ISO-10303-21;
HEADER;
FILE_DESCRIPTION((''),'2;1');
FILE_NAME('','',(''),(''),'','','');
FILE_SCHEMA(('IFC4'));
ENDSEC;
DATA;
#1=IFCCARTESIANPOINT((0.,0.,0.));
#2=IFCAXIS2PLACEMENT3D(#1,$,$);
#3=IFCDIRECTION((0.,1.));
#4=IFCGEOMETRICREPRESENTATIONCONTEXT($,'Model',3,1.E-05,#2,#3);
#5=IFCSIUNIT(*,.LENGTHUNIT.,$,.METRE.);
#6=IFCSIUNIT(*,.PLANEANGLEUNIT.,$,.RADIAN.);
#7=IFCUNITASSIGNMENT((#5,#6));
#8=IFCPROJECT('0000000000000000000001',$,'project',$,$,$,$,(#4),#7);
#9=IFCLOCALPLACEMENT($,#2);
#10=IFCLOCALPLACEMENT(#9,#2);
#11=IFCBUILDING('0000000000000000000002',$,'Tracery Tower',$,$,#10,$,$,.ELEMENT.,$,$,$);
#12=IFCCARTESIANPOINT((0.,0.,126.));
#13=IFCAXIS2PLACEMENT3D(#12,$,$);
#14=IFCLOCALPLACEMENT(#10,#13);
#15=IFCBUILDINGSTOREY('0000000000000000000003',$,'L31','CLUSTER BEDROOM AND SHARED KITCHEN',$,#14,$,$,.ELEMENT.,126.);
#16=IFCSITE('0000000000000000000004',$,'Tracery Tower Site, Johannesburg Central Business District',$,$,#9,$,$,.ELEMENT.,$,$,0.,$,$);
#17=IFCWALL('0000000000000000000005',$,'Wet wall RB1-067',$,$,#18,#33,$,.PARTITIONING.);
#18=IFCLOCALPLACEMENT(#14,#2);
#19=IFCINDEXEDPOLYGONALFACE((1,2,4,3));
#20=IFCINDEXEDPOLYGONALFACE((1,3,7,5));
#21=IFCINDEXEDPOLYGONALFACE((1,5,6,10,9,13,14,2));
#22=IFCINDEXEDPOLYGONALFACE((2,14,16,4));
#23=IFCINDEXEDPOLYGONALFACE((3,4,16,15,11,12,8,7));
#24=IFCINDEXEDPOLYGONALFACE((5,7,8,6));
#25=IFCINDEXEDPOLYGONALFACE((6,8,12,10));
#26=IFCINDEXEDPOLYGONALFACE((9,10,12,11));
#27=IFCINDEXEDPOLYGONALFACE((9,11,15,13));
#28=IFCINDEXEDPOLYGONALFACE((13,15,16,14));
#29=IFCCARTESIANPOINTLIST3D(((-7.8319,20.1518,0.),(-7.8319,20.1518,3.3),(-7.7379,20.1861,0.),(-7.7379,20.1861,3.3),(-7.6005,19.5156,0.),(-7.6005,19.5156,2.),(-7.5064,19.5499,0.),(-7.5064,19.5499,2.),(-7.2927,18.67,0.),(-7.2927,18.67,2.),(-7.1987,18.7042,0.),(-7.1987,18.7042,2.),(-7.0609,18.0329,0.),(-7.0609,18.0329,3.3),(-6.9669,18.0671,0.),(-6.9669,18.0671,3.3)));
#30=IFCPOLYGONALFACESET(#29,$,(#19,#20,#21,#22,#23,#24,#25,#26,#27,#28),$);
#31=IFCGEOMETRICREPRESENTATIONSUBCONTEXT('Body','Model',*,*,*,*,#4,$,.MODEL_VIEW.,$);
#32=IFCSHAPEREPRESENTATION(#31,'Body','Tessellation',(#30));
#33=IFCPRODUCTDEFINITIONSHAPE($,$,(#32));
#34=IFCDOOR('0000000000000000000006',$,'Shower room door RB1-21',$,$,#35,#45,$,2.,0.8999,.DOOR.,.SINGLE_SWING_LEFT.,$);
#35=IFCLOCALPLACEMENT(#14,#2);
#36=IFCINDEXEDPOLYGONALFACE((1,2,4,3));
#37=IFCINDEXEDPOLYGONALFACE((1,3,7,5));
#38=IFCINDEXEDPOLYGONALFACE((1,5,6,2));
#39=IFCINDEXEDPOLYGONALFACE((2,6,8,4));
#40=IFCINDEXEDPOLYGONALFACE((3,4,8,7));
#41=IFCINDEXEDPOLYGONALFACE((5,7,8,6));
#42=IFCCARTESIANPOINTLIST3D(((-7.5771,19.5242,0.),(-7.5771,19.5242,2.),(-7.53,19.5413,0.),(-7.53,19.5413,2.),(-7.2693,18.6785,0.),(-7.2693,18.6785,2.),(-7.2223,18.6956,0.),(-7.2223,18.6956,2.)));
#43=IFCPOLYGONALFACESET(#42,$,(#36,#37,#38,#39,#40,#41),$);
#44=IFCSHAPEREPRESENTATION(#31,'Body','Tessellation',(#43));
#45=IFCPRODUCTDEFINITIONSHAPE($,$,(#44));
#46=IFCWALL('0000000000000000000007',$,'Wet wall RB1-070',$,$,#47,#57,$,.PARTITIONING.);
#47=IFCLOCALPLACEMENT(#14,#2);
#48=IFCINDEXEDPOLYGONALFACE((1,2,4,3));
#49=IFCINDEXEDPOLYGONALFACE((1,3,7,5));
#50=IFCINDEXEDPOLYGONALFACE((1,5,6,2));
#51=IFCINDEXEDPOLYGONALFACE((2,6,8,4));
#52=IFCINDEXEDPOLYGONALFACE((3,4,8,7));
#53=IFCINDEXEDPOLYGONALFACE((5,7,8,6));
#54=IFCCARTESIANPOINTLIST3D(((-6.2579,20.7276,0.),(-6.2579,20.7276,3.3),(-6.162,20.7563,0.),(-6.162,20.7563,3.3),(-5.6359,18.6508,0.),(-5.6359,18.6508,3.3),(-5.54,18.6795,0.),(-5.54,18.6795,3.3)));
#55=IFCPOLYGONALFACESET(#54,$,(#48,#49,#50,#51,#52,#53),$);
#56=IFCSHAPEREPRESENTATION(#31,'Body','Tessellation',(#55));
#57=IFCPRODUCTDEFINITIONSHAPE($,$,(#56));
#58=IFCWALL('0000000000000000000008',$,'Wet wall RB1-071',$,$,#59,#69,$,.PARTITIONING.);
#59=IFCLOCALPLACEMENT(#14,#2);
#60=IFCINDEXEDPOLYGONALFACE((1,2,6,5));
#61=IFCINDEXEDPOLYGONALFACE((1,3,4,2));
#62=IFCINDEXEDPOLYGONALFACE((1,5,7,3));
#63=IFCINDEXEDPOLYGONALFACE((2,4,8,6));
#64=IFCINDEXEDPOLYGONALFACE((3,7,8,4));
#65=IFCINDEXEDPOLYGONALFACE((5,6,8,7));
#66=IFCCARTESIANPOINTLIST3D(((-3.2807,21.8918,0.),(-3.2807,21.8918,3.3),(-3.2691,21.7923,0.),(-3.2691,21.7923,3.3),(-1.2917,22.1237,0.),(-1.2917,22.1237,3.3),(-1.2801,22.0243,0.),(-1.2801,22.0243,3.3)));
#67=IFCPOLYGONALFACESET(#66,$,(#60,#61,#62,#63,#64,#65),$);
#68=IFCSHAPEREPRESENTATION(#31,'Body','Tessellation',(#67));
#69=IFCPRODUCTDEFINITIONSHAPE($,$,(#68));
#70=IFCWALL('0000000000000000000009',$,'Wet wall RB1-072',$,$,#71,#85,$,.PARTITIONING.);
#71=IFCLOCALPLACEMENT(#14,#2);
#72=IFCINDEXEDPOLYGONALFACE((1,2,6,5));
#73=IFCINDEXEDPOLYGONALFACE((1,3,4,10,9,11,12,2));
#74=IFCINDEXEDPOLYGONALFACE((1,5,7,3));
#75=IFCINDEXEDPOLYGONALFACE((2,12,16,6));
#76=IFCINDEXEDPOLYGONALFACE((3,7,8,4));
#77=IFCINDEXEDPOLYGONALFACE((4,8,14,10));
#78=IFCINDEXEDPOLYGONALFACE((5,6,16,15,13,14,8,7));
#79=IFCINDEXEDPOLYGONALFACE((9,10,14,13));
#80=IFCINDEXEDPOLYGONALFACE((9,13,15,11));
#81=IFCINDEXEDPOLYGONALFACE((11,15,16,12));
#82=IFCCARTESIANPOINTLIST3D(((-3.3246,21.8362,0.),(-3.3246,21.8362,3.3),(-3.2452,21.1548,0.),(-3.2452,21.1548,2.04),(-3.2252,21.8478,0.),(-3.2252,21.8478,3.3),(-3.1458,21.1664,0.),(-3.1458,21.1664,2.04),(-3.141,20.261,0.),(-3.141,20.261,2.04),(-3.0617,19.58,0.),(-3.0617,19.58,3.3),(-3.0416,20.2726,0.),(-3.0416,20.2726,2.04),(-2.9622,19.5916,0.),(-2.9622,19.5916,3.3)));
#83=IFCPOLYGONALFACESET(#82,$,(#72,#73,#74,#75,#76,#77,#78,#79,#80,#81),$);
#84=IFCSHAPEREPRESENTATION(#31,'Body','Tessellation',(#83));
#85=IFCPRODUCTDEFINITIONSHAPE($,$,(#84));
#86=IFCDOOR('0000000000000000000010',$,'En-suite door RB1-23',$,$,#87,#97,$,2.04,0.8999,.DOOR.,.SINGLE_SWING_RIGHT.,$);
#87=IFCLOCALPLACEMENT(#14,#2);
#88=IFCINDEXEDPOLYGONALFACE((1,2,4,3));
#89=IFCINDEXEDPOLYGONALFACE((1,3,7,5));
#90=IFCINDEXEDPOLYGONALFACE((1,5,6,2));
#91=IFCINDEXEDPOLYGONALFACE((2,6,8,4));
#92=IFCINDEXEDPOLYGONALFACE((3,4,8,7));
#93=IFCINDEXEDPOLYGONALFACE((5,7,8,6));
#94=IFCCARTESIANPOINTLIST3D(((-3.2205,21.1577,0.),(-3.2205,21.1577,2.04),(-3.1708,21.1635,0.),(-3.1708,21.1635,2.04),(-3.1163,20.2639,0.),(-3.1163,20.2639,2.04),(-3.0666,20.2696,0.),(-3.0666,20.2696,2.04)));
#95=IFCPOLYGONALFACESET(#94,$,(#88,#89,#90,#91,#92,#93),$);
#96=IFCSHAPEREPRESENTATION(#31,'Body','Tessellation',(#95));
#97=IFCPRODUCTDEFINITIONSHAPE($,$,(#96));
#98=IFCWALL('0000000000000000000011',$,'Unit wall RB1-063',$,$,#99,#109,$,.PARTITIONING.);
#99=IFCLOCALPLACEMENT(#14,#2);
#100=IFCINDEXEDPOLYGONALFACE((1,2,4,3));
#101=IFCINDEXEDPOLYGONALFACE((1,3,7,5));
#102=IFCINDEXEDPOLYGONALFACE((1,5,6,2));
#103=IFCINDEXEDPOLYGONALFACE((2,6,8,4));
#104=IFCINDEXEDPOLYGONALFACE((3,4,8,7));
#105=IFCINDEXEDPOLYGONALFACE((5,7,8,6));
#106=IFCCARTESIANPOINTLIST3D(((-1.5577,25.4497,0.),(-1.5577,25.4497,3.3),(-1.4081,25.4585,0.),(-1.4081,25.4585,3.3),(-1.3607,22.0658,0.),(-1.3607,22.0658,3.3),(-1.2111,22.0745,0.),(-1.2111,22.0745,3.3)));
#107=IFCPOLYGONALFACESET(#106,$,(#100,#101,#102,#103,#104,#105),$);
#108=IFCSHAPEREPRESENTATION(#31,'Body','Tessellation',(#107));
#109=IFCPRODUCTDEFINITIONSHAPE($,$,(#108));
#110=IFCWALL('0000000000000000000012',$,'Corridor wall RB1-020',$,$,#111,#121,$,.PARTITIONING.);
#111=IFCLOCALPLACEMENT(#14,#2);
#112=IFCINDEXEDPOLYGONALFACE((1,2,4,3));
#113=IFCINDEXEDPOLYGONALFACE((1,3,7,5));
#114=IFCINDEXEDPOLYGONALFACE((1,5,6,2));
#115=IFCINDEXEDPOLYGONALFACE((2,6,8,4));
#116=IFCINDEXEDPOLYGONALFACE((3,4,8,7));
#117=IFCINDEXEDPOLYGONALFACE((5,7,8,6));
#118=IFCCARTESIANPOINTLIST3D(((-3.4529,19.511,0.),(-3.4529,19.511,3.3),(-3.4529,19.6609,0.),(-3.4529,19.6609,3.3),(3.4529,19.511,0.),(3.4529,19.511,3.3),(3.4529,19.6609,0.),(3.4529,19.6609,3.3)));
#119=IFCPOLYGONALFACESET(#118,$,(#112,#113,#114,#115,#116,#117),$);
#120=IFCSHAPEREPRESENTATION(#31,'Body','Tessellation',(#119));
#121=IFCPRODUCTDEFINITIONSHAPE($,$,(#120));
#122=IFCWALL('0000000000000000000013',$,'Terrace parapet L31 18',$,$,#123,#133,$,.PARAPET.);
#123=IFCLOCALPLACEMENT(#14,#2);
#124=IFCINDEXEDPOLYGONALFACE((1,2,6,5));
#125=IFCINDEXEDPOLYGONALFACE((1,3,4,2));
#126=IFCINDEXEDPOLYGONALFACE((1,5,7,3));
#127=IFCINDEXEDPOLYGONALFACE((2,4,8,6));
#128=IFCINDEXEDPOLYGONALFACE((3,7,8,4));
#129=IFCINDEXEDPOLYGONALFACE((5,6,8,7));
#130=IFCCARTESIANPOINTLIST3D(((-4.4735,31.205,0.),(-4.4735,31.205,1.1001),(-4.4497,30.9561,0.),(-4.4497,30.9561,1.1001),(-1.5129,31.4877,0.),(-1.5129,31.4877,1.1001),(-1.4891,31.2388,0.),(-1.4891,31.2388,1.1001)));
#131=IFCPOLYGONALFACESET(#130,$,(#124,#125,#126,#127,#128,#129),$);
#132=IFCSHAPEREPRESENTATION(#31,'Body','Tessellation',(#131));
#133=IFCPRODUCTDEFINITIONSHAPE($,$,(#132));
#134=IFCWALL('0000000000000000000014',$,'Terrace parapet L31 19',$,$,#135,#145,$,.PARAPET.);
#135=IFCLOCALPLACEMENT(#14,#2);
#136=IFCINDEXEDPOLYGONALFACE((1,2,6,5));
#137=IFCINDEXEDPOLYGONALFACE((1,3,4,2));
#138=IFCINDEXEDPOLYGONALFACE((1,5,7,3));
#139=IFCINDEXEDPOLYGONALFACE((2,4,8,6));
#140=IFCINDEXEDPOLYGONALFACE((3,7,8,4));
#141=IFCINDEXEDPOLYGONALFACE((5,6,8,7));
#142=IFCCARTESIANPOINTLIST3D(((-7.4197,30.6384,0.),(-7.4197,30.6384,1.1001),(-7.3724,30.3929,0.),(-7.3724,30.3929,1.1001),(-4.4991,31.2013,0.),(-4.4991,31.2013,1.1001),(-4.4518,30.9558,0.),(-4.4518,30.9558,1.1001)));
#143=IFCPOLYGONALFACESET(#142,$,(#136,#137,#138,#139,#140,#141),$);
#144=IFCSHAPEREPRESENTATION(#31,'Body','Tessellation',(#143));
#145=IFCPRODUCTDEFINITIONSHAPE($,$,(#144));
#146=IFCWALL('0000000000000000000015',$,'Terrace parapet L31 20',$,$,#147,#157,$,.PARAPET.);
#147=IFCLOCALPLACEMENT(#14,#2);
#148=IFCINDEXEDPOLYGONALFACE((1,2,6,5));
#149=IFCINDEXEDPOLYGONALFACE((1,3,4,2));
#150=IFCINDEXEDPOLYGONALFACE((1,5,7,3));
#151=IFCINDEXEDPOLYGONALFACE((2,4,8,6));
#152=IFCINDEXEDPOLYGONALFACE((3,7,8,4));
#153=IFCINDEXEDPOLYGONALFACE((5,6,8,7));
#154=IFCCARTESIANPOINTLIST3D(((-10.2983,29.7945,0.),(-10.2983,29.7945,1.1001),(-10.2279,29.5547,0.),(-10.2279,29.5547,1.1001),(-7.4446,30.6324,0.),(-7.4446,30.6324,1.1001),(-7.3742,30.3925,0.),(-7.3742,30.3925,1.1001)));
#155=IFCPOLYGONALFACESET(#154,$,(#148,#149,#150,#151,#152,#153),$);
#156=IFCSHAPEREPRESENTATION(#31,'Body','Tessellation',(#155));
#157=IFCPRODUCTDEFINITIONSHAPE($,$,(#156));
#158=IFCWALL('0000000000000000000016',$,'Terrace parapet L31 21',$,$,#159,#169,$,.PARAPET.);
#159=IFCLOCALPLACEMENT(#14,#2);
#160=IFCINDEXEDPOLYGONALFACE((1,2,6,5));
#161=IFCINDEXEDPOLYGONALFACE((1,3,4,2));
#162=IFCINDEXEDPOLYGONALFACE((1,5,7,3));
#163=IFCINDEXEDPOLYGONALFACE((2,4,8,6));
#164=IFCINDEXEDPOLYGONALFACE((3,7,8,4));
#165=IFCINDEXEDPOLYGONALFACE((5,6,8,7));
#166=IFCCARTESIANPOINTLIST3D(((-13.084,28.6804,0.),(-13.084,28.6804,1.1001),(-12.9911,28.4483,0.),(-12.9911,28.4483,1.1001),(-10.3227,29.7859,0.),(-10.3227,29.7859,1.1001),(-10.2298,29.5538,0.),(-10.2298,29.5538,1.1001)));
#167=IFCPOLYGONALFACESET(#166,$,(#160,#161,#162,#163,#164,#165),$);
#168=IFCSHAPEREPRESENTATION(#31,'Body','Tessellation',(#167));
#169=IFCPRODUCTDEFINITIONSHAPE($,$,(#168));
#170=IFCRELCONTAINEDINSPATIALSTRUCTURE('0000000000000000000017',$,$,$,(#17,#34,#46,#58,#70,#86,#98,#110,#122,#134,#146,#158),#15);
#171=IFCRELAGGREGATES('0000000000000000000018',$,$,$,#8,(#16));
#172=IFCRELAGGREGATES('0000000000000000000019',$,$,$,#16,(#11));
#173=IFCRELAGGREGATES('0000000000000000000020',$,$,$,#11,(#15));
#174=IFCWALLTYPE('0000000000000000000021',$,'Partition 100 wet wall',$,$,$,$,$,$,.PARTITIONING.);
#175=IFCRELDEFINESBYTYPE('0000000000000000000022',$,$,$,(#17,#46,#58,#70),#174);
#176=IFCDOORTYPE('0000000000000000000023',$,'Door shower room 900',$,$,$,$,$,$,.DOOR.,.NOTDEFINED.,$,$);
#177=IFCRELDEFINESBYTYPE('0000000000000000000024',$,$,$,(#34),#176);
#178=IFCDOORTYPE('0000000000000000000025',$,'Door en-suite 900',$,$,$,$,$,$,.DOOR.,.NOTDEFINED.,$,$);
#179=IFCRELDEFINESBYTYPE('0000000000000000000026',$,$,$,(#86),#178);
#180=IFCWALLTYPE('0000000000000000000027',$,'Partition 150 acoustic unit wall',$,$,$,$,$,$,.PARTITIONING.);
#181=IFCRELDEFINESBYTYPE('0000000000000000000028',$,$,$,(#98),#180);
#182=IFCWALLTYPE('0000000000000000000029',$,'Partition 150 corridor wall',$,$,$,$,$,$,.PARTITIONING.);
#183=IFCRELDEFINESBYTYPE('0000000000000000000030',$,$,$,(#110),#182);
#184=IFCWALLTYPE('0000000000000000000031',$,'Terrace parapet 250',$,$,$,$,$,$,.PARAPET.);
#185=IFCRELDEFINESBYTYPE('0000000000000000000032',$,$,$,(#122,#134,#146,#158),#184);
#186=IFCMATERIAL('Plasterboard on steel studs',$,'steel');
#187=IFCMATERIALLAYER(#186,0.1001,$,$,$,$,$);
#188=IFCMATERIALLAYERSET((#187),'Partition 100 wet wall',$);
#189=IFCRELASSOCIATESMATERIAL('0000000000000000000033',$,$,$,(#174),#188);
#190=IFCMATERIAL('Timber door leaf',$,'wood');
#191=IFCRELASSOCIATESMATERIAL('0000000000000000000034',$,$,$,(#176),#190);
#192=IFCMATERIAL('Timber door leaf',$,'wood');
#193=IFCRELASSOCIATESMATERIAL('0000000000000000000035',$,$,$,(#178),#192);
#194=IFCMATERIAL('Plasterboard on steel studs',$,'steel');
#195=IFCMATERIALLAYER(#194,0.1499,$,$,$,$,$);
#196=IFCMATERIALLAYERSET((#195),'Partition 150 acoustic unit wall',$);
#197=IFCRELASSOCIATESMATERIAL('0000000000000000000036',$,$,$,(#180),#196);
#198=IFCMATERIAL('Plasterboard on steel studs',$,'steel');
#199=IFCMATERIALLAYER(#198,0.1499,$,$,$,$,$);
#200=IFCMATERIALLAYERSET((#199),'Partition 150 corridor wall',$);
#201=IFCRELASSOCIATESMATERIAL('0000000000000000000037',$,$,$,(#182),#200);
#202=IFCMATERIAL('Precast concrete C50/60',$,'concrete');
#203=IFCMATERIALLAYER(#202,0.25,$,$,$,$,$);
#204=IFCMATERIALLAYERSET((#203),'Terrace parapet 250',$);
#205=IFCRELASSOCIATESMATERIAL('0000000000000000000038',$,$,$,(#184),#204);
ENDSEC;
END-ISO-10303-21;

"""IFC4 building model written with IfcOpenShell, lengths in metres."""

from ifc_helpers import new_model, si_unit, direction, frame, frame_2d, origin, place, context, subcontext, project, spatial, rectangle, extrude, material, layer, layer_set, type_object, element, fill, save


model = new_model("IFC4")

# Units and contexts
model_context = context("Model", 3, precision=1e-05, world=origin(), true_north=direction((0.0, 1.0)))
body_context = subcontext(model_context, "Body", "Model", "MODEL_VIEW")
ifc_project = project(units=[si_unit("LENGTHUNIT", "METRE"), si_unit("PLANEANGLEUNIT", "RADIAN")], contexts=[model_context])

# Site, building, storey
site_placement = place(None, origin())
site = spatial("IfcSite", under=ifc_project, at=site_placement, Name="Tracery Tower Site, Johannesburg Central Business District", CompositionType="ELEMENT", RefElevation=0.0)
building_placement = place(site_placement, origin())
building = spatial("IfcBuilding", under=site, at=building_placement, Name="Tracery Tower", CompositionType="ELEMENT")
storey_placement = place(building_placement, frame((0.0, 0.0, 126.0)))
storey = spatial("IfcBuildingStorey", under=building, at=storey_placement, Name="L31", Description="CLUSTER BEDROOM AND SHARED KITCHEN", CompositionType="ELEMENT", Elevation=126.0)

# Shared definitions
ifc_material_1 = material(Name="Plasterboard on steel studs", Category="steel")
ifc_layer_1 = layer(ifc_material_1, 0.1001)
ifc_layer_set_1 = layer_set([ifc_layer_1], Name="Partition 100 wet wall")
wall_type_1 = type_object("IfcWallType", Name="Partition 100 wet wall", PredefinedType="PARTITIONING", material=ifc_layer_set_1)

# Wall, opening, door
wall_1_placement = place(storey_placement, frame((-7.7849, 20.1689, 0.0), z_axis=(0.0, 0.0, 1.0), x_axis=(0.341934, -0.939724, 0.0)))
wall_1 = element("IfcWall", 1, at=wall_1_placement, inside=storey, type_object=wall_type_1, Name="Wet wall RB1-067", PredefinedType="PARTITIONING", context=body_context, shape_type="SweptSolid", body=[
    extrude(rectangle(XDim=2.2549, YDim=0.1001, at=frame_2d((1.1274, 0.0))), origin(), (0.0, 0.0, 1.0), 3.3),
])
opening_1_placement = place(wall_1_placement, frame((0.677, 0.0, 0.0)))
opening_1 = element("IfcOpeningElement", 2, at=opening_1_placement, cuts=wall_1, PredefinedType="OPENING", context=body_context, shape_type="SweptSolid", body=[
    extrude(rectangle(XDim=0.8999, YDim=2.0, at=frame_2d((0.45, 1.0))), frame((0.0, 0.05, 0.0), z_axis=(0.0, -1.0, 0.0), x_axis=(1.0, 0.0, 0.0)), (0.0, 0.0, 1.0), 0.1001),
])
ifc_material_2 = material(Name="Timber door leaf", Category="wood")
door_type_1 = type_object("IfcDoorType", Name="Door shower room 900", OperationType="NOTDEFINED", PredefinedType="DOOR", material=ifc_material_2)
door_1_placement = place(opening_1_placement, origin())
door_1 = element("IfcDoor", 3, at=door_1_placement, inside=storey, type_object=door_type_1, Name="Shower room door RB1-21", OperationType="SINGLE_SWING_LEFT", OverallHeight=2.0, OverallWidth=0.8999, PredefinedType="DOOR", context=body_context, shape_type="SweptSolid", body=[
    extrude(rectangle(XDim=0.8999, YDim=2.0, at=frame_2d((0.45, 1.0))), frame((0.0, 0.0249, 0.0), z_axis=(0.0, -1.0, 0.0), x_axis=(1.0, 0.0, 0.0)), (0.0, 0.0, 1.0), 0.05),
])
fill(opening_1, door_1)

# Walls
wall_2_placement = place(storey_placement, frame((-6.21, 20.7419, 0.0), z_axis=(0.0, 0.0, 1.0), x_axis=(0.286924, -0.957953, 0.0)))
element("IfcWall", 4, at=wall_2_placement, inside=storey, type_object=wall_type_1, Name="Wet wall RB1-070", PredefinedType="PARTITIONING", context=body_context, shape_type="SweptSolid", body=[
    extrude(rectangle(XDim=2.168, YDim=0.1001, at=frame_2d((1.084, 0.0))), origin(), (0.0, 0.0, 1.0), 3.3),
])
wall_3_placement = place(storey_placement, frame((-3.2749, 21.842, 0.0), z_axis=(0.0, 0.0, 1.0), x_axis=(0.99327, 0.115823, 0.0)))
element("IfcWall", 5, at=wall_3_placement, inside=storey, type_object=wall_type_1, Name="Wet wall RB1-071", PredefinedType="PARTITIONING", context=body_context, shape_type="SweptSolid", body=[
    extrude(rectangle(XDim=2.0024, YDim=0.1001, at=frame_2d((1.0012, 0.0))), origin(), (0.0, 0.0, 1.0), 3.3),
])

# Wall, opening, door
wall_4_placement = place(storey_placement, frame((-3.2749, 21.842, 0.0), z_axis=(0.0, 0.0, 1.0), x_axis=(0.115762, -0.993277, 0.0)))
wall_4 = element("IfcWall", 6, at=wall_4_placement, inside=storey, type_object=wall_type_1, Name="Wet wall RB1-072", PredefinedType="PARTITIONING", context=body_context, shape_type="SweptSolid", body=[
    extrude(rectangle(XDim=2.2715, YDim=0.1001, at=frame_2d((1.1357, 0.0))), origin(), (0.0, 0.0, 1.0), 3.3),
])
opening_2_placement = place(wall_4_placement, frame((0.686, 0.0, 0.0)))
opening_2 = element("IfcOpeningElement", 7, at=opening_2_placement, cuts=wall_4, PredefinedType="OPENING", context=body_context, shape_type="SweptSolid", body=[
    extrude(rectangle(XDim=0.8999, YDim=2.04, at=frame_2d((0.45, 1.02))), frame((0.0, 0.05, 0.0), z_axis=(0.0, -1.0, 0.0), x_axis=(1.0, 0.0, 0.0)), (0.0, 0.0, 1.0), 0.1001),
])
ifc_material_3 = material(Name="Timber door leaf", Category="wood")
door_type_2 = type_object("IfcDoorType", Name="Door en-suite 900", OperationType="NOTDEFINED", PredefinedType="DOOR", material=ifc_material_3)
door_2_placement = place(opening_2_placement, origin())
door_2 = element("IfcDoor", 8, at=door_2_placement, inside=storey, type_object=door_type_2, Name="En-suite door RB1-23", OperationType="SINGLE_SWING_RIGHT", OverallHeight=2.04, OverallWidth=0.8999, PredefinedType="DOOR", context=body_context, shape_type="SweptSolid", body=[
    extrude(rectangle(XDim=0.8999, YDim=2.04, at=frame_2d((0.45, 1.02))), frame((0.0, 0.0249, 0.0), z_axis=(0.0, -1.0, 0.0), x_axis=(1.0, 0.0, 0.0)), (0.0, 0.0, 1.0), 0.05),
])
fill(opening_2, door_2)

# Walls
ifc_material_4 = material(Name="Plasterboard on steel studs", Category="steel")
ifc_layer_2 = layer(ifc_material_4, 0.1499)
ifc_layer_set_2 = layer_set([ifc_layer_2], Name="Partition 150 acoustic unit wall")
wall_type_2 = type_object("IfcWallType", Name="Partition 150 acoustic unit wall", PredefinedType="PARTITIONING", material=ifc_layer_set_2)
wall_5_placement = place(storey_placement, frame((-1.4829, 25.4541, 0.0), z_axis=(0.0, 0.0, 1.0), x_axis=(0.058122, -0.998309, 0.0)))
element("IfcWall", 9, at=wall_5_placement, inside=storey, type_object=wall_type_2, Name="Unit wall RB1-063", PredefinedType="PARTITIONING", context=body_context, shape_type="SweptSolid", body=[
    extrude(rectangle(XDim=3.3896, YDim=0.1499, at=frame_2d((1.6948, 0.0))), origin(), (0.0, 0.0, 1.0), 3.3),
])
ifc_material_5 = material(Name="Plasterboard on steel studs", Category="steel")
ifc_layer_3 = layer(ifc_material_5, 0.1499)
ifc_layer_set_3 = layer_set([ifc_layer_3], Name="Partition 150 corridor wall")
wall_type_3 = type_object("IfcWallType", Name="Partition 150 corridor wall", PredefinedType="PARTITIONING", material=ifc_layer_set_3)
wall_6_placement = place(storey_placement, frame((-3.4529, 19.5859, 0.0), z_axis=(0.0, 0.0, 1.0), x_axis=(1.0, 0.0, 0.0)))
element("IfcWall", 10, at=wall_6_placement, inside=storey, type_object=wall_type_3, Name="Corridor wall RB1-020", PredefinedType="PARTITIONING", context=body_context, shape_type="SweptSolid", body=[
    extrude(rectangle(XDim=6.9058, YDim=0.1499, at=frame_2d((3.4529, 0.0))), origin(), (0.0, 0.0, 1.0), 3.3),
])
ifc_material_6 = material(Name="Precast concrete C50/60", Category="concrete")
ifc_layer_4 = layer(ifc_material_6, 0.25)
ifc_layer_set_4 = layer_set([ifc_layer_4], Name="Terrace parapet 250")
wall_type_4 = type_object("IfcWallType", Name="Terrace parapet 250", PredefinedType="PARAPET", material=ifc_layer_set_4)
wall_7_placement = place(storey_placement, frame((-1.501, 31.3633, 0.0), z_axis=(0.0, 0.0, 1.0), x_axis=(-0.995472, -0.095057, 0.0)))
element("IfcWall", 11, at=wall_7_placement, inside=storey, type_object=wall_type_4, Name="Terrace parapet L31 18", PredefinedType="PARAPET", context=body_context, shape_type="SweptSolid", body=[
    extrude(rectangle(XDim=2.9741, YDim=0.25, at=frame_2d((1.4871, 0.0))), origin(), (0.0, 0.0, 1.0), 1.1001),
])
wall_8_placement = place(storey_placement, frame((-4.4753, 31.0786, 0.0), z_axis=(0.0, 0.0, 1.0), x_axis=(-0.981924, -0.189277, 0.0)))
element("IfcWall", 12, at=wall_8_placement, inside=storey, type_object=wall_type_4, Name="Terrace parapet L31 19", PredefinedType="PARAPET", context=body_context, shape_type="SweptSolid", body=[
    extrude(rectangle(XDim=2.9744, YDim=0.25, at=frame_2d((1.4873, 0.0))), origin(), (0.0, 0.0, 1.0), 1.1001),
])
wall_9_placement = place(storey_placement, frame((-7.4094, 30.5125, 0.0), z_axis=(0.0, 0.0, 1.0), x_axis=(-0.959497, -0.281717, 0.0)))
element("IfcWall", 13, at=wall_9_placement, inside=storey, type_object=wall_type_4, Name="Terrace parapet L31 20", PredefinedType="PARAPET", context=body_context, shape_type="SweptSolid", body=[
    extrude(rectangle(XDim=2.9741, YDim=0.25, at=frame_2d((1.4871, 0.0))), origin(), (0.0, 0.0, 1.0), 1.1001),
])
wall_10_placement = place(storey_placement, frame((-10.2761, 29.6699, 0.0), z_axis=(0.0, 0.0, 1.0), x_axis=(-0.928363, -0.371674, 0.0)))
element("IfcWall", 14, at=wall_10_placement, inside=storey, type_object=wall_type_4, Name="Terrace parapet L31 21", PredefinedType="PARAPET", context=body_context, shape_type="SweptSolid", body=[
    extrude(rectangle(XDim=2.9744, YDim=0.25, at=frame_2d((1.4873, 0.0))), origin(), (0.0, 0.0, 1.0), 1.1001),
])

save(model, "model.ifc")
